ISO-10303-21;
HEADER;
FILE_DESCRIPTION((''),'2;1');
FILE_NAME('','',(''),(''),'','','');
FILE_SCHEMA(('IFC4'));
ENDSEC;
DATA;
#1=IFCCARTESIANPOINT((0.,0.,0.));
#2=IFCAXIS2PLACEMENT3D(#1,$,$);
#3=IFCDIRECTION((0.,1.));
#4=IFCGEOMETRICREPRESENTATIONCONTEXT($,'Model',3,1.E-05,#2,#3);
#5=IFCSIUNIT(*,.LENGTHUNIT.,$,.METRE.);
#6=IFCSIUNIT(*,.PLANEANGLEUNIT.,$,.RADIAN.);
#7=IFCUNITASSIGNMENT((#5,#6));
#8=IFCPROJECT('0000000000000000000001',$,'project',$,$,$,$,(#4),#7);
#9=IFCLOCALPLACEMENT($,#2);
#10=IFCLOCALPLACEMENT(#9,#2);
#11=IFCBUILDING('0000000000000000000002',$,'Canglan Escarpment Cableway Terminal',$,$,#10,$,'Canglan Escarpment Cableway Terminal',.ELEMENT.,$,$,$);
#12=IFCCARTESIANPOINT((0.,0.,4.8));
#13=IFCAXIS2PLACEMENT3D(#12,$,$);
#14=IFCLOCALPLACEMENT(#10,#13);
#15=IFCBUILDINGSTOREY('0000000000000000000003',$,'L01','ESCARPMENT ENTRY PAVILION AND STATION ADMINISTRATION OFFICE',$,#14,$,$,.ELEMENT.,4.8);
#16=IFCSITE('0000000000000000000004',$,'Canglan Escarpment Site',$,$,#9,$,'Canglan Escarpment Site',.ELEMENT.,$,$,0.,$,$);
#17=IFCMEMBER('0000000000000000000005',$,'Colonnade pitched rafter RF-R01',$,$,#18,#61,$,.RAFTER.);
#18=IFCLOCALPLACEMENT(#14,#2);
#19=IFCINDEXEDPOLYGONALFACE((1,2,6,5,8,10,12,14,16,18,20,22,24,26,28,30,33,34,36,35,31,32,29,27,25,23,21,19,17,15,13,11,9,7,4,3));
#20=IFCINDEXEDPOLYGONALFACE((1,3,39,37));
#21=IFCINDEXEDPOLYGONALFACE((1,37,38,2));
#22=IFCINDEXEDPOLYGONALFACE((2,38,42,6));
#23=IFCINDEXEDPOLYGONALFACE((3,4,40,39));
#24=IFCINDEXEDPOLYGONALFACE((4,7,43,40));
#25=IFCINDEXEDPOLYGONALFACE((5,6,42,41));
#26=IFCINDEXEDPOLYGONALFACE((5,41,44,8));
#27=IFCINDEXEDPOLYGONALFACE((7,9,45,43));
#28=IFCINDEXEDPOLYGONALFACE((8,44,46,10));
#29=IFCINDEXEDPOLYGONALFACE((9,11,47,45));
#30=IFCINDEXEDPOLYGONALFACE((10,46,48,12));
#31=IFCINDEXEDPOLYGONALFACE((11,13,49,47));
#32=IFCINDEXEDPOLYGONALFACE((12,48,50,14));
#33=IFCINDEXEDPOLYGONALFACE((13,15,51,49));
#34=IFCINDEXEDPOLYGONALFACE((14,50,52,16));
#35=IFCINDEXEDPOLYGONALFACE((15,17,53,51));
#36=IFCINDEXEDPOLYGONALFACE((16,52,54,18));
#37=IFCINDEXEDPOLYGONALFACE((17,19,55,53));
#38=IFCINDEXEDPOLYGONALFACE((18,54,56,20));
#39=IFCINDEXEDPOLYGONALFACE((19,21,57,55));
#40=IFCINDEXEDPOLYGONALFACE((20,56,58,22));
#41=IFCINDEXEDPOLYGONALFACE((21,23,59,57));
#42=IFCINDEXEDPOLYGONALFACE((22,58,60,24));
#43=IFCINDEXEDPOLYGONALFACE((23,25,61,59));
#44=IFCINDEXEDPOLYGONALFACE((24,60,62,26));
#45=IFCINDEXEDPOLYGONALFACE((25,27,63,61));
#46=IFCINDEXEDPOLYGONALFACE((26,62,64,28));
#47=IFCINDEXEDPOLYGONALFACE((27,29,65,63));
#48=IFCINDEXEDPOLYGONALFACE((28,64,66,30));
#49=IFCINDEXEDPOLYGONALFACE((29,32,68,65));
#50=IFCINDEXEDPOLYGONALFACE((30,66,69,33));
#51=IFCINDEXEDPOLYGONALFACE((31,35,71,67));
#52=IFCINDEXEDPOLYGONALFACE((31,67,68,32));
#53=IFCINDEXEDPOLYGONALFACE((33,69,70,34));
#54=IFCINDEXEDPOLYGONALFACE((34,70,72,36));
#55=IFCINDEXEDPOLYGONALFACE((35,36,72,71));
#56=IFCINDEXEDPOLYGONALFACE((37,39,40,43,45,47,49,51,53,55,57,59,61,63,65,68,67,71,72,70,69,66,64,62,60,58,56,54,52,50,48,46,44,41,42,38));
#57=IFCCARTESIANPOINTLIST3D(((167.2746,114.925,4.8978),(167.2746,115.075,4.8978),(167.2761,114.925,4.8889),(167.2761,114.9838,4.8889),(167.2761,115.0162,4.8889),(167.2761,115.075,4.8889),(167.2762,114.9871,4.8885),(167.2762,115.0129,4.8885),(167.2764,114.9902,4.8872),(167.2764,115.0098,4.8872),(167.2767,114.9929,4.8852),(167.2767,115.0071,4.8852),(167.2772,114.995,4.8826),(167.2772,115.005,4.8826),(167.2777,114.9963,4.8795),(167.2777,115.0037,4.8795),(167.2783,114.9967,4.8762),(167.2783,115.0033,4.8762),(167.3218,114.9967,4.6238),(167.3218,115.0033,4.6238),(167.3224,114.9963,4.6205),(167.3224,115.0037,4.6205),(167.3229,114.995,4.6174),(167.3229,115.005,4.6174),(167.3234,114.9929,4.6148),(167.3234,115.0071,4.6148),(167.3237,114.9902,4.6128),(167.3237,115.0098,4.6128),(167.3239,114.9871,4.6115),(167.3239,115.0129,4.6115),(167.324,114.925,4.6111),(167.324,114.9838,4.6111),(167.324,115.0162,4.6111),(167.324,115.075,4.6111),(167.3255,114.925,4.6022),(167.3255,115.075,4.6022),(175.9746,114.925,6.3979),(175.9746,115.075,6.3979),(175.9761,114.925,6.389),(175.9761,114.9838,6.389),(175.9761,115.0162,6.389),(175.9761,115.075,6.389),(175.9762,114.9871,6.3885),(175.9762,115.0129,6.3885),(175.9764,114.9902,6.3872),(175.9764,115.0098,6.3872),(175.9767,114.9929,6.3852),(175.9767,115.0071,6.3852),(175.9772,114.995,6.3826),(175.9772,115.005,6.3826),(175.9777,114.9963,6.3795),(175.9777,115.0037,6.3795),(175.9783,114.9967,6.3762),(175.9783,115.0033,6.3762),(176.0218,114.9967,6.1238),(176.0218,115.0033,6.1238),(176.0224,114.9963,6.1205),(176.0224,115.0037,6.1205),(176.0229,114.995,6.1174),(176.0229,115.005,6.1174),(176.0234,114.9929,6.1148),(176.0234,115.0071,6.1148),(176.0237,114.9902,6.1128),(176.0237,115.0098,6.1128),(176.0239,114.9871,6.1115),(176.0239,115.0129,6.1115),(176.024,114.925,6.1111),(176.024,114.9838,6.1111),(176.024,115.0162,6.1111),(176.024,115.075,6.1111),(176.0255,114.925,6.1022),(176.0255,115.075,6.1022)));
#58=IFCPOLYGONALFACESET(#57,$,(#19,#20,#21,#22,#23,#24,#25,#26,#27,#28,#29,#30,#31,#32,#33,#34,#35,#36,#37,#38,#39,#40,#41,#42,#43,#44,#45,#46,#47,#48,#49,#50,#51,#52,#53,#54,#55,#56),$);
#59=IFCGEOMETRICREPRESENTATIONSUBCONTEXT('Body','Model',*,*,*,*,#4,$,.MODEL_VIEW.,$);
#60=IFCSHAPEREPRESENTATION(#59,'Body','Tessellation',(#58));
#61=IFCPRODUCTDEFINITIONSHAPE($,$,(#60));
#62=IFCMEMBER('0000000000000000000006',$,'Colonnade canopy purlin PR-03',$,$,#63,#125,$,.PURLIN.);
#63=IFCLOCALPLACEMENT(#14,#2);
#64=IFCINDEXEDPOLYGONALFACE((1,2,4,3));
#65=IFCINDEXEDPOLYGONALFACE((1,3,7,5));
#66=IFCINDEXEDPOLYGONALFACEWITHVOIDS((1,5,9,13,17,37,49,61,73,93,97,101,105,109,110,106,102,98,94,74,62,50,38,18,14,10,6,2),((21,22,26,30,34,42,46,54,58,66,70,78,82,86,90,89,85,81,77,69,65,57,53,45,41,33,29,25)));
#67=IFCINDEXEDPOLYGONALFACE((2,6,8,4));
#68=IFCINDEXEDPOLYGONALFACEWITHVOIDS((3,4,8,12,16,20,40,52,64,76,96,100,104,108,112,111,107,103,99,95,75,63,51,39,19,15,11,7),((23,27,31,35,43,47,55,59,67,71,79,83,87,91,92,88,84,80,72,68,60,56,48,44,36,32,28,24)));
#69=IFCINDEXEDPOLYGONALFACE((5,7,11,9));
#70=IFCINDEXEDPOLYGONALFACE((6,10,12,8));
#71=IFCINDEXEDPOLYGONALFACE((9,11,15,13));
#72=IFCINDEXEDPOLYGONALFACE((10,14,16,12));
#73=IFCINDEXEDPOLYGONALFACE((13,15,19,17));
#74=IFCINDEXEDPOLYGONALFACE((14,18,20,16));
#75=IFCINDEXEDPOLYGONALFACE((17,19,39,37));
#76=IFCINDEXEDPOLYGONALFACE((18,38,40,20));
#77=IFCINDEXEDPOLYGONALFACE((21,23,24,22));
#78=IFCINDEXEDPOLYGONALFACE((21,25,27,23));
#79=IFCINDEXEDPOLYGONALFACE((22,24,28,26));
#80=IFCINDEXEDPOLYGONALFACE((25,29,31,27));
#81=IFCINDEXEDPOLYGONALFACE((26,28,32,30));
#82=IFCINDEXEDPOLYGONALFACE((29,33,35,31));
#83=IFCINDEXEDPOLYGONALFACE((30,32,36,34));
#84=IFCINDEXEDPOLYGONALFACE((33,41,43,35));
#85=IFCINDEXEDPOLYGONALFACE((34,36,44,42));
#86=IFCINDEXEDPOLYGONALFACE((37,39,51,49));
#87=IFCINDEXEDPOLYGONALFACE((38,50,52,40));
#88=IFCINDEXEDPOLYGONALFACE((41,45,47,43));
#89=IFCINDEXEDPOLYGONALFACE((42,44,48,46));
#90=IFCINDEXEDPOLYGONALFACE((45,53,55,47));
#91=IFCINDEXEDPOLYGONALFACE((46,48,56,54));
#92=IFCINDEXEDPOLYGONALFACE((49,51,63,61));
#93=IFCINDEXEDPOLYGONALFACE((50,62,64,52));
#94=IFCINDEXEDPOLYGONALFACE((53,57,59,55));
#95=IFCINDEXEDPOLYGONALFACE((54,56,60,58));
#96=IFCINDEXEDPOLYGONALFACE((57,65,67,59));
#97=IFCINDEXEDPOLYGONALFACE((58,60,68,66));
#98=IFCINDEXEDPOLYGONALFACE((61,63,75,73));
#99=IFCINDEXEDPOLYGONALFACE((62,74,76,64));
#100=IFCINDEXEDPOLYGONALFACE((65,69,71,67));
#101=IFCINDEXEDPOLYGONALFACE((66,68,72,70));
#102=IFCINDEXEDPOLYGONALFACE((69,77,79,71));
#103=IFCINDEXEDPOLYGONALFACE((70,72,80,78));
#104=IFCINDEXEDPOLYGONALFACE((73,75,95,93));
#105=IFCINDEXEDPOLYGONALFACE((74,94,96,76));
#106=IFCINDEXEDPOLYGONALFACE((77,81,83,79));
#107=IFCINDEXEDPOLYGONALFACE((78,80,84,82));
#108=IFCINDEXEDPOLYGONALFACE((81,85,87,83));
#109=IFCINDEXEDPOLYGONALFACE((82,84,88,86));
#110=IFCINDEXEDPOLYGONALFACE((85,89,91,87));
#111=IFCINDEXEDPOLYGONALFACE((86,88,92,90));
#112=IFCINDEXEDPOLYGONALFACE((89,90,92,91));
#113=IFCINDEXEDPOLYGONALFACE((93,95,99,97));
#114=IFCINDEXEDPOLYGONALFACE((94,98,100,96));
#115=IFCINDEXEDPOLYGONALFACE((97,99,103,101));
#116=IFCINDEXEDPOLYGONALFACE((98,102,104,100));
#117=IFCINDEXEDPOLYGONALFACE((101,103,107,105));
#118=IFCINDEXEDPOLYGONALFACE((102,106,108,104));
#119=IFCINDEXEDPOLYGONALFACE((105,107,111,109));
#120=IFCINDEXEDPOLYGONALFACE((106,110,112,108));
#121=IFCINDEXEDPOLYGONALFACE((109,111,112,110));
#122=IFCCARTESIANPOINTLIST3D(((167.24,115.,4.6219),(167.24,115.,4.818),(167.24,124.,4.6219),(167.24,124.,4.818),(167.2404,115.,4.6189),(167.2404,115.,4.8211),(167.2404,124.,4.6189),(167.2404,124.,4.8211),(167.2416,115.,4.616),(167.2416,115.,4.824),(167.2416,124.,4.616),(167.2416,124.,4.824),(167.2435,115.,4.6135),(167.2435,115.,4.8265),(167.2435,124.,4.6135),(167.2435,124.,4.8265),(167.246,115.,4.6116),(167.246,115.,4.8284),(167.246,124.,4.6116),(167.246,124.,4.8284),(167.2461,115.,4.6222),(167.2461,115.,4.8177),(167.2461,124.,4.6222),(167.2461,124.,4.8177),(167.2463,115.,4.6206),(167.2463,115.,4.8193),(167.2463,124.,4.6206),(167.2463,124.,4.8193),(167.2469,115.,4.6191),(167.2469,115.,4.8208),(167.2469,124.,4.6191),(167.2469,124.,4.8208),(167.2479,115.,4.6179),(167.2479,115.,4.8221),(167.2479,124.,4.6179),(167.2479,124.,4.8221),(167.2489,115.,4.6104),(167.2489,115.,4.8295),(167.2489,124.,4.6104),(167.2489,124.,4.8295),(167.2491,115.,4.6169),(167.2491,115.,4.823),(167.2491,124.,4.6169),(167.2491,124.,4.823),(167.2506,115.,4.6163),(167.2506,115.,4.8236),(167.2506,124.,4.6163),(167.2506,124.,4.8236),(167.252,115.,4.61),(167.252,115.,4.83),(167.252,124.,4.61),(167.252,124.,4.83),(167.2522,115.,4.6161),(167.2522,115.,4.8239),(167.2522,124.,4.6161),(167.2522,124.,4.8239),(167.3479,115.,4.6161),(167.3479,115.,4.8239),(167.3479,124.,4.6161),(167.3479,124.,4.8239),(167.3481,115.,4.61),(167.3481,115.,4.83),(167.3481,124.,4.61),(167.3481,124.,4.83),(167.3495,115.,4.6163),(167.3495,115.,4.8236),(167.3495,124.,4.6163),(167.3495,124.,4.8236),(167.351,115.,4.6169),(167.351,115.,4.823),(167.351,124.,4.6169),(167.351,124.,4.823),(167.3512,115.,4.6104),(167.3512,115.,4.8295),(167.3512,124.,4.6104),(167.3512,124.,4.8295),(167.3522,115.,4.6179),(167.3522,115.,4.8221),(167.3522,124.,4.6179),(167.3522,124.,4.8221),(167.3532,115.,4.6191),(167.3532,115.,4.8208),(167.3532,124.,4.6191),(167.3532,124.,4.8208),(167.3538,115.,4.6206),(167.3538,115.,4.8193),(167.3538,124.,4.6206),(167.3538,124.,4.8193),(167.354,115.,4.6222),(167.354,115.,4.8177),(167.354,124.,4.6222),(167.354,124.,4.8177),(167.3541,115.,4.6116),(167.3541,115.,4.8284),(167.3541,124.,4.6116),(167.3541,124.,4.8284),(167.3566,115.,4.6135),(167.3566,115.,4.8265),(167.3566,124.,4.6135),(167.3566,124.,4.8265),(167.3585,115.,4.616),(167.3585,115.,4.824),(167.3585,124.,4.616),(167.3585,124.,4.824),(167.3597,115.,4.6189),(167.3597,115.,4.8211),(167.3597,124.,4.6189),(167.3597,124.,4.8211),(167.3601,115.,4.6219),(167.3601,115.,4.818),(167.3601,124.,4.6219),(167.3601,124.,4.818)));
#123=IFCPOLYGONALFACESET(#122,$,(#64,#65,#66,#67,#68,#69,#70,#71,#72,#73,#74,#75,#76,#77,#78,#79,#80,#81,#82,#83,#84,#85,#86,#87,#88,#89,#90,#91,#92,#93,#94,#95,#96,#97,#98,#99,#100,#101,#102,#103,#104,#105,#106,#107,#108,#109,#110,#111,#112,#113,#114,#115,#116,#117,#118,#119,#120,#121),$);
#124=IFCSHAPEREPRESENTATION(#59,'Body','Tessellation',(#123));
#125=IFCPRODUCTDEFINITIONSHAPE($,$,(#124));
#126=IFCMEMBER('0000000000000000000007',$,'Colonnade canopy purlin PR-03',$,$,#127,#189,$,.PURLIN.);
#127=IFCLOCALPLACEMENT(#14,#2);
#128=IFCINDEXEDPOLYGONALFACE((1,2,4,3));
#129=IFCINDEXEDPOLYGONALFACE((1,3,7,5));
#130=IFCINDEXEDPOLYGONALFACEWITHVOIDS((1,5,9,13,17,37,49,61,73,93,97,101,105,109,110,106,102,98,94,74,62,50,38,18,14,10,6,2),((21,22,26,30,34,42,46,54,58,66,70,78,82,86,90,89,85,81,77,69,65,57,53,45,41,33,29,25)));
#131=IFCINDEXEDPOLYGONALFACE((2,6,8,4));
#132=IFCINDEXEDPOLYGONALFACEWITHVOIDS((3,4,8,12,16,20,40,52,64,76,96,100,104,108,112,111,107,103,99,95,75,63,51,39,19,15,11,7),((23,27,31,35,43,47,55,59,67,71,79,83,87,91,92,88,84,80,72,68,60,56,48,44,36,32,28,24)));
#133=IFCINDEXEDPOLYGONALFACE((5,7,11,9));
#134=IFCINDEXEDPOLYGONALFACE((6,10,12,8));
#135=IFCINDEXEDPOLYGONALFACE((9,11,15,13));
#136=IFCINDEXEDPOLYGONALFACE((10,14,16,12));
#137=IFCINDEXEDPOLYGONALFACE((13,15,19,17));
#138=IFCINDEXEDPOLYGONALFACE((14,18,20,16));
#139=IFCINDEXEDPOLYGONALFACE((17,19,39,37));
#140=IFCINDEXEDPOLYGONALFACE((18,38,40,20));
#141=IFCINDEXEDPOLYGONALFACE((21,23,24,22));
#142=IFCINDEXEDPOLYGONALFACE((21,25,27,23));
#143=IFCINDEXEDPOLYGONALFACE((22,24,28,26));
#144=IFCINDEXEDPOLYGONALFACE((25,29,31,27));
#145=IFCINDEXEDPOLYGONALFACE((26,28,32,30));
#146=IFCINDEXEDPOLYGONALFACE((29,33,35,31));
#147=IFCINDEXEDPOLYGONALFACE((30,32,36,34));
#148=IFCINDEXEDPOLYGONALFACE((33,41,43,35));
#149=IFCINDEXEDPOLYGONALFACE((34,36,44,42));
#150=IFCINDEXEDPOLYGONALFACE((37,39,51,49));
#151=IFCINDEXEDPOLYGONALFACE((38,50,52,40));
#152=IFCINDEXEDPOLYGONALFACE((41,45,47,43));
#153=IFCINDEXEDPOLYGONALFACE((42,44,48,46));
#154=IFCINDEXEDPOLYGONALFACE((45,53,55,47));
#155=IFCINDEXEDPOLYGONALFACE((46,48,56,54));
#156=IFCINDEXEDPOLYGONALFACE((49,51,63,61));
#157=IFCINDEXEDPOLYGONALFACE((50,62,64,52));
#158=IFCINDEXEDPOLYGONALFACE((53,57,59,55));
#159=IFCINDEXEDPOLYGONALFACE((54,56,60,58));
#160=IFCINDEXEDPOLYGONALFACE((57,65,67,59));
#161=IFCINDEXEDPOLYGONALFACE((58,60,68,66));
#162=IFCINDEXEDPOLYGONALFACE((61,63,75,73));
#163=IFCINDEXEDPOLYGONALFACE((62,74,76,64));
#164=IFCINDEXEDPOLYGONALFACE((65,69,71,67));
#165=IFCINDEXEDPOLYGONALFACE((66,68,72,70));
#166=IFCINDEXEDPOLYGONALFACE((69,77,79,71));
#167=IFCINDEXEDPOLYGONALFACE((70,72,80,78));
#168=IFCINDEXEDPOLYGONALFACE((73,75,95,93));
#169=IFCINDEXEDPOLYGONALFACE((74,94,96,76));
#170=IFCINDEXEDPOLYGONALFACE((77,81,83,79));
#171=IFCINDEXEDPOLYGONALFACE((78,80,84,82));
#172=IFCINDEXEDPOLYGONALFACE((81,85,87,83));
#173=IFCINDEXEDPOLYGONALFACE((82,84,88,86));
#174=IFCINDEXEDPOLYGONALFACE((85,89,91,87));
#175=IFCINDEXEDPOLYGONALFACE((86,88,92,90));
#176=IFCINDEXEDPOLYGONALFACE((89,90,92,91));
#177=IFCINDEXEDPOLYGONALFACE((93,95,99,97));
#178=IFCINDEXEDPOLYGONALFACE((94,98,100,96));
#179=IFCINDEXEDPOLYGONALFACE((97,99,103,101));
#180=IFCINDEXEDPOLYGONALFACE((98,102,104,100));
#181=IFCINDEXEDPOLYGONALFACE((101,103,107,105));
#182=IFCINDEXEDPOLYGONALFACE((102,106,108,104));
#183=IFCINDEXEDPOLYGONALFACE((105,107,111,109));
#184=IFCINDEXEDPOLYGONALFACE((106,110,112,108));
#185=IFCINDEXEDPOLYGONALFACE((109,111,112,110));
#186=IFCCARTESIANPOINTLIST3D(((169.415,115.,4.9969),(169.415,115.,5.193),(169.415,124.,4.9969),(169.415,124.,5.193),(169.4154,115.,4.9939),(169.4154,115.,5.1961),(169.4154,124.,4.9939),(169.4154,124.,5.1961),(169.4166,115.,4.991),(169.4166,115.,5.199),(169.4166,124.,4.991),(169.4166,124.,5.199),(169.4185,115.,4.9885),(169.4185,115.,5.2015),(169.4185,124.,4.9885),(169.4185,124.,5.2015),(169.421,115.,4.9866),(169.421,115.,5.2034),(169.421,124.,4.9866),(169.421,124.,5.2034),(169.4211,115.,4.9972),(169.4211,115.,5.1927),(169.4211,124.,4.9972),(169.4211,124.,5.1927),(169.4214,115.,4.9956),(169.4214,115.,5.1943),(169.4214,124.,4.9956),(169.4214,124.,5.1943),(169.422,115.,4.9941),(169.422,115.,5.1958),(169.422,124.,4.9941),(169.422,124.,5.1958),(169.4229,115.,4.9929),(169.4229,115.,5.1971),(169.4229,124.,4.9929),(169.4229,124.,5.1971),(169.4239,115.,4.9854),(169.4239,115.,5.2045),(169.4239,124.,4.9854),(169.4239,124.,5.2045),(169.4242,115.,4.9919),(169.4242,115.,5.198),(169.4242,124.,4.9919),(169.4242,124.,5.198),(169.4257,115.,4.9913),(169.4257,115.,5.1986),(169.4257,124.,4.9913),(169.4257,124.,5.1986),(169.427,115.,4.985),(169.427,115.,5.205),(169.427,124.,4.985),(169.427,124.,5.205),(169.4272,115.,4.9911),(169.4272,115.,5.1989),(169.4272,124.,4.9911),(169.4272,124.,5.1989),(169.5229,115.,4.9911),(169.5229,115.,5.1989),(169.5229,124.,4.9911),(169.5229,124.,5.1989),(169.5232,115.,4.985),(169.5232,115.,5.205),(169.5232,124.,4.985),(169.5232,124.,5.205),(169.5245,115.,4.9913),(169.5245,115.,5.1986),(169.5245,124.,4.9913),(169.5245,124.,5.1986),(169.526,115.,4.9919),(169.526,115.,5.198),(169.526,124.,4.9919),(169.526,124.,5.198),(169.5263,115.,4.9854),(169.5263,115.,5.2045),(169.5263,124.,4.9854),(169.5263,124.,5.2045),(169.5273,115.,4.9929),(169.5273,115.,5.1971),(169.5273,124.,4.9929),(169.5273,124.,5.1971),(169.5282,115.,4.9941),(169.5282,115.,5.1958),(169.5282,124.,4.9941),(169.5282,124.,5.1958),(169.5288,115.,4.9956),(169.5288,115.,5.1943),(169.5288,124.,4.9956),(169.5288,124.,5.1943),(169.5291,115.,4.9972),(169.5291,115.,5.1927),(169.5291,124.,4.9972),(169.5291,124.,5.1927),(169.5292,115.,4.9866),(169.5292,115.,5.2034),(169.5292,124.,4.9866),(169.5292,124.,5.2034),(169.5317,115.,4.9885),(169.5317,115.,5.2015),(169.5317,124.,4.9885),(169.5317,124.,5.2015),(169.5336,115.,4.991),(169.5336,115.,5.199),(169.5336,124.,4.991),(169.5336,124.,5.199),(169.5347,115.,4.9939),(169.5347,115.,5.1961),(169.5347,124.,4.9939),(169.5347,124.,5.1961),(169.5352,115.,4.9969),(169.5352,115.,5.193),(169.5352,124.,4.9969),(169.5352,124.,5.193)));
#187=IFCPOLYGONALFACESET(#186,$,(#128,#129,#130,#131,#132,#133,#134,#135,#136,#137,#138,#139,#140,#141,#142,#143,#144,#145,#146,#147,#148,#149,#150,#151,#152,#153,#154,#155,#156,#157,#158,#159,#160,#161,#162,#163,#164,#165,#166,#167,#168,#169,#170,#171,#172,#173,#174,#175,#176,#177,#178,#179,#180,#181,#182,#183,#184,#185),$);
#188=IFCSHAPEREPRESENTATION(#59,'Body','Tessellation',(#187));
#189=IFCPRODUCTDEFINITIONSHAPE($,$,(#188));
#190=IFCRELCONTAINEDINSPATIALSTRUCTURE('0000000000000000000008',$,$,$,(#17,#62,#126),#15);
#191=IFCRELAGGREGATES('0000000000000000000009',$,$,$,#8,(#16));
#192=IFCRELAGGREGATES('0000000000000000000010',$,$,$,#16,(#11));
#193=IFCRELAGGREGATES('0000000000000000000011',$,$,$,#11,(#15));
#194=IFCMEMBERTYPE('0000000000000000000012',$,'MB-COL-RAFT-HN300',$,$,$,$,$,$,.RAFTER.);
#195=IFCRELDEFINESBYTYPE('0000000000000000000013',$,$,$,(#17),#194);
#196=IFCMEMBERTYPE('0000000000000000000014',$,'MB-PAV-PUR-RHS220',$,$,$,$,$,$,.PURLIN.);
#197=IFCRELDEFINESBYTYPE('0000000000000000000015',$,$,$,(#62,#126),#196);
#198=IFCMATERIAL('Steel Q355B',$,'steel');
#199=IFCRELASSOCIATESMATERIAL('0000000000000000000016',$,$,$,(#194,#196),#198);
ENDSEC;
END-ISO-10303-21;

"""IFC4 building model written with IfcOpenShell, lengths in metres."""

from ifc_helpers import new_model, si_unit, direction, frame, origin, origin_2d, place, context, subcontext, project, spatial, hollow_rectangle, i_section, extrude, material, material_profile, profile_set, type_object, element, save


model = new_model("IFC4")

# Units and contexts
model_context = context("Model", 3, precision=1e-05, world=origin(), true_north=direction((0.0, 1.0)))
body_context = subcontext(model_context, "Body", "Model", "MODEL_VIEW")
ifc_project = project(units=[si_unit("LENGTHUNIT", "METRE"), si_unit("PLANEANGLEUNIT", "RADIAN")], contexts=[model_context])

# Site, building, storey
site_placement = place(None, origin())
site = spatial("IfcSite", under=ifc_project, at=site_placement, Name="Canglan Escarpment Site", LongName="Canglan Escarpment Site", CompositionType="ELEMENT", RefElevation=0.0)
building_placement = place(site_placement, origin())
building = spatial("IfcBuilding", under=site, at=building_placement, Name="Canglan Escarpment Cableway Terminal", LongName="Canglan Escarpment Cableway Terminal", CompositionType="ELEMENT")
storey_placement = place(building_placement, frame((0.0, 0.0, 4.8)))
storey = spatial("IfcBuildingStorey", under=building, at=storey_placement, Name="L01", Description="ESCARPMENT ENTRY PAVILION AND STATION ADMINISTRATION OFFICE", CompositionType="ELEMENT", Elevation=4.8)

# Shared definitions
ifc_material_1 = material(Name="Steel Q355B", Category="steel")

# Members
ifc_material_profile_1 = material_profile(ifc_material_1, i_section(OverallWidth=0.1499, OverallDepth=0.3, WebThickness=0.0066, FlangeThickness=0.009, FilletRadius=0.0129, at=origin_2d()), Name="HN 300x150x6.5x9")
ifc_profile_set_1 = profile_set([ifc_material_profile_1], Name="Steel Q355B")
member_type_1 = type_object("IfcMemberType", Name="MB-COL-RAFT-HN300", PredefinedType="RAFTER", material=ifc_profile_set_1)
member_placement = place(storey_placement, frame((167.3, 115.0, 4.75), z_axis=(0.98546, 0.0, 0.169908), x_axis=(0.0, 1.0, 0.0)))
element("IfcMember", 1, at=member_placement, inside=storey, type_object=member_type_1, Name="Colonnade pitched rafter RF-R01", PredefinedType="RAFTER", context=body_context, shape_type="SweptSolid", body=[
    extrude(i_section(OverallWidth=0.1499, OverallDepth=0.3, WebThickness=0.0066, FlangeThickness=0.009, FilletRadius=0.0129, at=origin_2d()), origin(), (0.0, 0.0, 1.0), 8.8284),
])
ifc_material_profile_2 = material_profile(ifc_material_1, hollow_rectangle(XDim=0.1201, YDim=0.22, WallThickness=0.0061, InnerFilletRadius=0.0061, OuterFilletRadius=0.012, at=origin_2d()), Name="RHS 220x120x6")
ifc_profile_set_2 = profile_set([ifc_material_profile_2], Name="Steel Q355B")
member_type_2 = type_object("IfcMemberType", Name="MB-PAV-PUR-RHS220", PredefinedType="PURLIN", material=ifc_profile_set_2)
for number, where, z_axis, x_axis, name in (
    (2, (167.3, 115.0, 4.72), (0.0, 1.0, 0.0), (-1.0, 0.0, 0.0), "Colonnade canopy purlin PR-03"),
    (3, (169.4751, 115.0, 5.095), (0.0, 1.0, 0.0), (-1.0, 0.0, 0.0), "Colonnade canopy purlin PR-03"),
):
    element("IfcMember", number, at=place(storey_placement, frame(where, z_axis=z_axis, x_axis=x_axis)), inside=storey, type_object=member_type_2, Name=name, PredefinedType="PURLIN", context=body_context, shape_type="SweptSolid", body=[
        extrude(hollow_rectangle(XDim=0.1201, YDim=0.22, WallThickness=0.0061, InnerFilletRadius=0.0061, OuterFilletRadius=0.012, at=origin_2d()), origin(), (0.0, 0.0, 1.0), 9.0),
    ])

save(model, "model.ifc")
